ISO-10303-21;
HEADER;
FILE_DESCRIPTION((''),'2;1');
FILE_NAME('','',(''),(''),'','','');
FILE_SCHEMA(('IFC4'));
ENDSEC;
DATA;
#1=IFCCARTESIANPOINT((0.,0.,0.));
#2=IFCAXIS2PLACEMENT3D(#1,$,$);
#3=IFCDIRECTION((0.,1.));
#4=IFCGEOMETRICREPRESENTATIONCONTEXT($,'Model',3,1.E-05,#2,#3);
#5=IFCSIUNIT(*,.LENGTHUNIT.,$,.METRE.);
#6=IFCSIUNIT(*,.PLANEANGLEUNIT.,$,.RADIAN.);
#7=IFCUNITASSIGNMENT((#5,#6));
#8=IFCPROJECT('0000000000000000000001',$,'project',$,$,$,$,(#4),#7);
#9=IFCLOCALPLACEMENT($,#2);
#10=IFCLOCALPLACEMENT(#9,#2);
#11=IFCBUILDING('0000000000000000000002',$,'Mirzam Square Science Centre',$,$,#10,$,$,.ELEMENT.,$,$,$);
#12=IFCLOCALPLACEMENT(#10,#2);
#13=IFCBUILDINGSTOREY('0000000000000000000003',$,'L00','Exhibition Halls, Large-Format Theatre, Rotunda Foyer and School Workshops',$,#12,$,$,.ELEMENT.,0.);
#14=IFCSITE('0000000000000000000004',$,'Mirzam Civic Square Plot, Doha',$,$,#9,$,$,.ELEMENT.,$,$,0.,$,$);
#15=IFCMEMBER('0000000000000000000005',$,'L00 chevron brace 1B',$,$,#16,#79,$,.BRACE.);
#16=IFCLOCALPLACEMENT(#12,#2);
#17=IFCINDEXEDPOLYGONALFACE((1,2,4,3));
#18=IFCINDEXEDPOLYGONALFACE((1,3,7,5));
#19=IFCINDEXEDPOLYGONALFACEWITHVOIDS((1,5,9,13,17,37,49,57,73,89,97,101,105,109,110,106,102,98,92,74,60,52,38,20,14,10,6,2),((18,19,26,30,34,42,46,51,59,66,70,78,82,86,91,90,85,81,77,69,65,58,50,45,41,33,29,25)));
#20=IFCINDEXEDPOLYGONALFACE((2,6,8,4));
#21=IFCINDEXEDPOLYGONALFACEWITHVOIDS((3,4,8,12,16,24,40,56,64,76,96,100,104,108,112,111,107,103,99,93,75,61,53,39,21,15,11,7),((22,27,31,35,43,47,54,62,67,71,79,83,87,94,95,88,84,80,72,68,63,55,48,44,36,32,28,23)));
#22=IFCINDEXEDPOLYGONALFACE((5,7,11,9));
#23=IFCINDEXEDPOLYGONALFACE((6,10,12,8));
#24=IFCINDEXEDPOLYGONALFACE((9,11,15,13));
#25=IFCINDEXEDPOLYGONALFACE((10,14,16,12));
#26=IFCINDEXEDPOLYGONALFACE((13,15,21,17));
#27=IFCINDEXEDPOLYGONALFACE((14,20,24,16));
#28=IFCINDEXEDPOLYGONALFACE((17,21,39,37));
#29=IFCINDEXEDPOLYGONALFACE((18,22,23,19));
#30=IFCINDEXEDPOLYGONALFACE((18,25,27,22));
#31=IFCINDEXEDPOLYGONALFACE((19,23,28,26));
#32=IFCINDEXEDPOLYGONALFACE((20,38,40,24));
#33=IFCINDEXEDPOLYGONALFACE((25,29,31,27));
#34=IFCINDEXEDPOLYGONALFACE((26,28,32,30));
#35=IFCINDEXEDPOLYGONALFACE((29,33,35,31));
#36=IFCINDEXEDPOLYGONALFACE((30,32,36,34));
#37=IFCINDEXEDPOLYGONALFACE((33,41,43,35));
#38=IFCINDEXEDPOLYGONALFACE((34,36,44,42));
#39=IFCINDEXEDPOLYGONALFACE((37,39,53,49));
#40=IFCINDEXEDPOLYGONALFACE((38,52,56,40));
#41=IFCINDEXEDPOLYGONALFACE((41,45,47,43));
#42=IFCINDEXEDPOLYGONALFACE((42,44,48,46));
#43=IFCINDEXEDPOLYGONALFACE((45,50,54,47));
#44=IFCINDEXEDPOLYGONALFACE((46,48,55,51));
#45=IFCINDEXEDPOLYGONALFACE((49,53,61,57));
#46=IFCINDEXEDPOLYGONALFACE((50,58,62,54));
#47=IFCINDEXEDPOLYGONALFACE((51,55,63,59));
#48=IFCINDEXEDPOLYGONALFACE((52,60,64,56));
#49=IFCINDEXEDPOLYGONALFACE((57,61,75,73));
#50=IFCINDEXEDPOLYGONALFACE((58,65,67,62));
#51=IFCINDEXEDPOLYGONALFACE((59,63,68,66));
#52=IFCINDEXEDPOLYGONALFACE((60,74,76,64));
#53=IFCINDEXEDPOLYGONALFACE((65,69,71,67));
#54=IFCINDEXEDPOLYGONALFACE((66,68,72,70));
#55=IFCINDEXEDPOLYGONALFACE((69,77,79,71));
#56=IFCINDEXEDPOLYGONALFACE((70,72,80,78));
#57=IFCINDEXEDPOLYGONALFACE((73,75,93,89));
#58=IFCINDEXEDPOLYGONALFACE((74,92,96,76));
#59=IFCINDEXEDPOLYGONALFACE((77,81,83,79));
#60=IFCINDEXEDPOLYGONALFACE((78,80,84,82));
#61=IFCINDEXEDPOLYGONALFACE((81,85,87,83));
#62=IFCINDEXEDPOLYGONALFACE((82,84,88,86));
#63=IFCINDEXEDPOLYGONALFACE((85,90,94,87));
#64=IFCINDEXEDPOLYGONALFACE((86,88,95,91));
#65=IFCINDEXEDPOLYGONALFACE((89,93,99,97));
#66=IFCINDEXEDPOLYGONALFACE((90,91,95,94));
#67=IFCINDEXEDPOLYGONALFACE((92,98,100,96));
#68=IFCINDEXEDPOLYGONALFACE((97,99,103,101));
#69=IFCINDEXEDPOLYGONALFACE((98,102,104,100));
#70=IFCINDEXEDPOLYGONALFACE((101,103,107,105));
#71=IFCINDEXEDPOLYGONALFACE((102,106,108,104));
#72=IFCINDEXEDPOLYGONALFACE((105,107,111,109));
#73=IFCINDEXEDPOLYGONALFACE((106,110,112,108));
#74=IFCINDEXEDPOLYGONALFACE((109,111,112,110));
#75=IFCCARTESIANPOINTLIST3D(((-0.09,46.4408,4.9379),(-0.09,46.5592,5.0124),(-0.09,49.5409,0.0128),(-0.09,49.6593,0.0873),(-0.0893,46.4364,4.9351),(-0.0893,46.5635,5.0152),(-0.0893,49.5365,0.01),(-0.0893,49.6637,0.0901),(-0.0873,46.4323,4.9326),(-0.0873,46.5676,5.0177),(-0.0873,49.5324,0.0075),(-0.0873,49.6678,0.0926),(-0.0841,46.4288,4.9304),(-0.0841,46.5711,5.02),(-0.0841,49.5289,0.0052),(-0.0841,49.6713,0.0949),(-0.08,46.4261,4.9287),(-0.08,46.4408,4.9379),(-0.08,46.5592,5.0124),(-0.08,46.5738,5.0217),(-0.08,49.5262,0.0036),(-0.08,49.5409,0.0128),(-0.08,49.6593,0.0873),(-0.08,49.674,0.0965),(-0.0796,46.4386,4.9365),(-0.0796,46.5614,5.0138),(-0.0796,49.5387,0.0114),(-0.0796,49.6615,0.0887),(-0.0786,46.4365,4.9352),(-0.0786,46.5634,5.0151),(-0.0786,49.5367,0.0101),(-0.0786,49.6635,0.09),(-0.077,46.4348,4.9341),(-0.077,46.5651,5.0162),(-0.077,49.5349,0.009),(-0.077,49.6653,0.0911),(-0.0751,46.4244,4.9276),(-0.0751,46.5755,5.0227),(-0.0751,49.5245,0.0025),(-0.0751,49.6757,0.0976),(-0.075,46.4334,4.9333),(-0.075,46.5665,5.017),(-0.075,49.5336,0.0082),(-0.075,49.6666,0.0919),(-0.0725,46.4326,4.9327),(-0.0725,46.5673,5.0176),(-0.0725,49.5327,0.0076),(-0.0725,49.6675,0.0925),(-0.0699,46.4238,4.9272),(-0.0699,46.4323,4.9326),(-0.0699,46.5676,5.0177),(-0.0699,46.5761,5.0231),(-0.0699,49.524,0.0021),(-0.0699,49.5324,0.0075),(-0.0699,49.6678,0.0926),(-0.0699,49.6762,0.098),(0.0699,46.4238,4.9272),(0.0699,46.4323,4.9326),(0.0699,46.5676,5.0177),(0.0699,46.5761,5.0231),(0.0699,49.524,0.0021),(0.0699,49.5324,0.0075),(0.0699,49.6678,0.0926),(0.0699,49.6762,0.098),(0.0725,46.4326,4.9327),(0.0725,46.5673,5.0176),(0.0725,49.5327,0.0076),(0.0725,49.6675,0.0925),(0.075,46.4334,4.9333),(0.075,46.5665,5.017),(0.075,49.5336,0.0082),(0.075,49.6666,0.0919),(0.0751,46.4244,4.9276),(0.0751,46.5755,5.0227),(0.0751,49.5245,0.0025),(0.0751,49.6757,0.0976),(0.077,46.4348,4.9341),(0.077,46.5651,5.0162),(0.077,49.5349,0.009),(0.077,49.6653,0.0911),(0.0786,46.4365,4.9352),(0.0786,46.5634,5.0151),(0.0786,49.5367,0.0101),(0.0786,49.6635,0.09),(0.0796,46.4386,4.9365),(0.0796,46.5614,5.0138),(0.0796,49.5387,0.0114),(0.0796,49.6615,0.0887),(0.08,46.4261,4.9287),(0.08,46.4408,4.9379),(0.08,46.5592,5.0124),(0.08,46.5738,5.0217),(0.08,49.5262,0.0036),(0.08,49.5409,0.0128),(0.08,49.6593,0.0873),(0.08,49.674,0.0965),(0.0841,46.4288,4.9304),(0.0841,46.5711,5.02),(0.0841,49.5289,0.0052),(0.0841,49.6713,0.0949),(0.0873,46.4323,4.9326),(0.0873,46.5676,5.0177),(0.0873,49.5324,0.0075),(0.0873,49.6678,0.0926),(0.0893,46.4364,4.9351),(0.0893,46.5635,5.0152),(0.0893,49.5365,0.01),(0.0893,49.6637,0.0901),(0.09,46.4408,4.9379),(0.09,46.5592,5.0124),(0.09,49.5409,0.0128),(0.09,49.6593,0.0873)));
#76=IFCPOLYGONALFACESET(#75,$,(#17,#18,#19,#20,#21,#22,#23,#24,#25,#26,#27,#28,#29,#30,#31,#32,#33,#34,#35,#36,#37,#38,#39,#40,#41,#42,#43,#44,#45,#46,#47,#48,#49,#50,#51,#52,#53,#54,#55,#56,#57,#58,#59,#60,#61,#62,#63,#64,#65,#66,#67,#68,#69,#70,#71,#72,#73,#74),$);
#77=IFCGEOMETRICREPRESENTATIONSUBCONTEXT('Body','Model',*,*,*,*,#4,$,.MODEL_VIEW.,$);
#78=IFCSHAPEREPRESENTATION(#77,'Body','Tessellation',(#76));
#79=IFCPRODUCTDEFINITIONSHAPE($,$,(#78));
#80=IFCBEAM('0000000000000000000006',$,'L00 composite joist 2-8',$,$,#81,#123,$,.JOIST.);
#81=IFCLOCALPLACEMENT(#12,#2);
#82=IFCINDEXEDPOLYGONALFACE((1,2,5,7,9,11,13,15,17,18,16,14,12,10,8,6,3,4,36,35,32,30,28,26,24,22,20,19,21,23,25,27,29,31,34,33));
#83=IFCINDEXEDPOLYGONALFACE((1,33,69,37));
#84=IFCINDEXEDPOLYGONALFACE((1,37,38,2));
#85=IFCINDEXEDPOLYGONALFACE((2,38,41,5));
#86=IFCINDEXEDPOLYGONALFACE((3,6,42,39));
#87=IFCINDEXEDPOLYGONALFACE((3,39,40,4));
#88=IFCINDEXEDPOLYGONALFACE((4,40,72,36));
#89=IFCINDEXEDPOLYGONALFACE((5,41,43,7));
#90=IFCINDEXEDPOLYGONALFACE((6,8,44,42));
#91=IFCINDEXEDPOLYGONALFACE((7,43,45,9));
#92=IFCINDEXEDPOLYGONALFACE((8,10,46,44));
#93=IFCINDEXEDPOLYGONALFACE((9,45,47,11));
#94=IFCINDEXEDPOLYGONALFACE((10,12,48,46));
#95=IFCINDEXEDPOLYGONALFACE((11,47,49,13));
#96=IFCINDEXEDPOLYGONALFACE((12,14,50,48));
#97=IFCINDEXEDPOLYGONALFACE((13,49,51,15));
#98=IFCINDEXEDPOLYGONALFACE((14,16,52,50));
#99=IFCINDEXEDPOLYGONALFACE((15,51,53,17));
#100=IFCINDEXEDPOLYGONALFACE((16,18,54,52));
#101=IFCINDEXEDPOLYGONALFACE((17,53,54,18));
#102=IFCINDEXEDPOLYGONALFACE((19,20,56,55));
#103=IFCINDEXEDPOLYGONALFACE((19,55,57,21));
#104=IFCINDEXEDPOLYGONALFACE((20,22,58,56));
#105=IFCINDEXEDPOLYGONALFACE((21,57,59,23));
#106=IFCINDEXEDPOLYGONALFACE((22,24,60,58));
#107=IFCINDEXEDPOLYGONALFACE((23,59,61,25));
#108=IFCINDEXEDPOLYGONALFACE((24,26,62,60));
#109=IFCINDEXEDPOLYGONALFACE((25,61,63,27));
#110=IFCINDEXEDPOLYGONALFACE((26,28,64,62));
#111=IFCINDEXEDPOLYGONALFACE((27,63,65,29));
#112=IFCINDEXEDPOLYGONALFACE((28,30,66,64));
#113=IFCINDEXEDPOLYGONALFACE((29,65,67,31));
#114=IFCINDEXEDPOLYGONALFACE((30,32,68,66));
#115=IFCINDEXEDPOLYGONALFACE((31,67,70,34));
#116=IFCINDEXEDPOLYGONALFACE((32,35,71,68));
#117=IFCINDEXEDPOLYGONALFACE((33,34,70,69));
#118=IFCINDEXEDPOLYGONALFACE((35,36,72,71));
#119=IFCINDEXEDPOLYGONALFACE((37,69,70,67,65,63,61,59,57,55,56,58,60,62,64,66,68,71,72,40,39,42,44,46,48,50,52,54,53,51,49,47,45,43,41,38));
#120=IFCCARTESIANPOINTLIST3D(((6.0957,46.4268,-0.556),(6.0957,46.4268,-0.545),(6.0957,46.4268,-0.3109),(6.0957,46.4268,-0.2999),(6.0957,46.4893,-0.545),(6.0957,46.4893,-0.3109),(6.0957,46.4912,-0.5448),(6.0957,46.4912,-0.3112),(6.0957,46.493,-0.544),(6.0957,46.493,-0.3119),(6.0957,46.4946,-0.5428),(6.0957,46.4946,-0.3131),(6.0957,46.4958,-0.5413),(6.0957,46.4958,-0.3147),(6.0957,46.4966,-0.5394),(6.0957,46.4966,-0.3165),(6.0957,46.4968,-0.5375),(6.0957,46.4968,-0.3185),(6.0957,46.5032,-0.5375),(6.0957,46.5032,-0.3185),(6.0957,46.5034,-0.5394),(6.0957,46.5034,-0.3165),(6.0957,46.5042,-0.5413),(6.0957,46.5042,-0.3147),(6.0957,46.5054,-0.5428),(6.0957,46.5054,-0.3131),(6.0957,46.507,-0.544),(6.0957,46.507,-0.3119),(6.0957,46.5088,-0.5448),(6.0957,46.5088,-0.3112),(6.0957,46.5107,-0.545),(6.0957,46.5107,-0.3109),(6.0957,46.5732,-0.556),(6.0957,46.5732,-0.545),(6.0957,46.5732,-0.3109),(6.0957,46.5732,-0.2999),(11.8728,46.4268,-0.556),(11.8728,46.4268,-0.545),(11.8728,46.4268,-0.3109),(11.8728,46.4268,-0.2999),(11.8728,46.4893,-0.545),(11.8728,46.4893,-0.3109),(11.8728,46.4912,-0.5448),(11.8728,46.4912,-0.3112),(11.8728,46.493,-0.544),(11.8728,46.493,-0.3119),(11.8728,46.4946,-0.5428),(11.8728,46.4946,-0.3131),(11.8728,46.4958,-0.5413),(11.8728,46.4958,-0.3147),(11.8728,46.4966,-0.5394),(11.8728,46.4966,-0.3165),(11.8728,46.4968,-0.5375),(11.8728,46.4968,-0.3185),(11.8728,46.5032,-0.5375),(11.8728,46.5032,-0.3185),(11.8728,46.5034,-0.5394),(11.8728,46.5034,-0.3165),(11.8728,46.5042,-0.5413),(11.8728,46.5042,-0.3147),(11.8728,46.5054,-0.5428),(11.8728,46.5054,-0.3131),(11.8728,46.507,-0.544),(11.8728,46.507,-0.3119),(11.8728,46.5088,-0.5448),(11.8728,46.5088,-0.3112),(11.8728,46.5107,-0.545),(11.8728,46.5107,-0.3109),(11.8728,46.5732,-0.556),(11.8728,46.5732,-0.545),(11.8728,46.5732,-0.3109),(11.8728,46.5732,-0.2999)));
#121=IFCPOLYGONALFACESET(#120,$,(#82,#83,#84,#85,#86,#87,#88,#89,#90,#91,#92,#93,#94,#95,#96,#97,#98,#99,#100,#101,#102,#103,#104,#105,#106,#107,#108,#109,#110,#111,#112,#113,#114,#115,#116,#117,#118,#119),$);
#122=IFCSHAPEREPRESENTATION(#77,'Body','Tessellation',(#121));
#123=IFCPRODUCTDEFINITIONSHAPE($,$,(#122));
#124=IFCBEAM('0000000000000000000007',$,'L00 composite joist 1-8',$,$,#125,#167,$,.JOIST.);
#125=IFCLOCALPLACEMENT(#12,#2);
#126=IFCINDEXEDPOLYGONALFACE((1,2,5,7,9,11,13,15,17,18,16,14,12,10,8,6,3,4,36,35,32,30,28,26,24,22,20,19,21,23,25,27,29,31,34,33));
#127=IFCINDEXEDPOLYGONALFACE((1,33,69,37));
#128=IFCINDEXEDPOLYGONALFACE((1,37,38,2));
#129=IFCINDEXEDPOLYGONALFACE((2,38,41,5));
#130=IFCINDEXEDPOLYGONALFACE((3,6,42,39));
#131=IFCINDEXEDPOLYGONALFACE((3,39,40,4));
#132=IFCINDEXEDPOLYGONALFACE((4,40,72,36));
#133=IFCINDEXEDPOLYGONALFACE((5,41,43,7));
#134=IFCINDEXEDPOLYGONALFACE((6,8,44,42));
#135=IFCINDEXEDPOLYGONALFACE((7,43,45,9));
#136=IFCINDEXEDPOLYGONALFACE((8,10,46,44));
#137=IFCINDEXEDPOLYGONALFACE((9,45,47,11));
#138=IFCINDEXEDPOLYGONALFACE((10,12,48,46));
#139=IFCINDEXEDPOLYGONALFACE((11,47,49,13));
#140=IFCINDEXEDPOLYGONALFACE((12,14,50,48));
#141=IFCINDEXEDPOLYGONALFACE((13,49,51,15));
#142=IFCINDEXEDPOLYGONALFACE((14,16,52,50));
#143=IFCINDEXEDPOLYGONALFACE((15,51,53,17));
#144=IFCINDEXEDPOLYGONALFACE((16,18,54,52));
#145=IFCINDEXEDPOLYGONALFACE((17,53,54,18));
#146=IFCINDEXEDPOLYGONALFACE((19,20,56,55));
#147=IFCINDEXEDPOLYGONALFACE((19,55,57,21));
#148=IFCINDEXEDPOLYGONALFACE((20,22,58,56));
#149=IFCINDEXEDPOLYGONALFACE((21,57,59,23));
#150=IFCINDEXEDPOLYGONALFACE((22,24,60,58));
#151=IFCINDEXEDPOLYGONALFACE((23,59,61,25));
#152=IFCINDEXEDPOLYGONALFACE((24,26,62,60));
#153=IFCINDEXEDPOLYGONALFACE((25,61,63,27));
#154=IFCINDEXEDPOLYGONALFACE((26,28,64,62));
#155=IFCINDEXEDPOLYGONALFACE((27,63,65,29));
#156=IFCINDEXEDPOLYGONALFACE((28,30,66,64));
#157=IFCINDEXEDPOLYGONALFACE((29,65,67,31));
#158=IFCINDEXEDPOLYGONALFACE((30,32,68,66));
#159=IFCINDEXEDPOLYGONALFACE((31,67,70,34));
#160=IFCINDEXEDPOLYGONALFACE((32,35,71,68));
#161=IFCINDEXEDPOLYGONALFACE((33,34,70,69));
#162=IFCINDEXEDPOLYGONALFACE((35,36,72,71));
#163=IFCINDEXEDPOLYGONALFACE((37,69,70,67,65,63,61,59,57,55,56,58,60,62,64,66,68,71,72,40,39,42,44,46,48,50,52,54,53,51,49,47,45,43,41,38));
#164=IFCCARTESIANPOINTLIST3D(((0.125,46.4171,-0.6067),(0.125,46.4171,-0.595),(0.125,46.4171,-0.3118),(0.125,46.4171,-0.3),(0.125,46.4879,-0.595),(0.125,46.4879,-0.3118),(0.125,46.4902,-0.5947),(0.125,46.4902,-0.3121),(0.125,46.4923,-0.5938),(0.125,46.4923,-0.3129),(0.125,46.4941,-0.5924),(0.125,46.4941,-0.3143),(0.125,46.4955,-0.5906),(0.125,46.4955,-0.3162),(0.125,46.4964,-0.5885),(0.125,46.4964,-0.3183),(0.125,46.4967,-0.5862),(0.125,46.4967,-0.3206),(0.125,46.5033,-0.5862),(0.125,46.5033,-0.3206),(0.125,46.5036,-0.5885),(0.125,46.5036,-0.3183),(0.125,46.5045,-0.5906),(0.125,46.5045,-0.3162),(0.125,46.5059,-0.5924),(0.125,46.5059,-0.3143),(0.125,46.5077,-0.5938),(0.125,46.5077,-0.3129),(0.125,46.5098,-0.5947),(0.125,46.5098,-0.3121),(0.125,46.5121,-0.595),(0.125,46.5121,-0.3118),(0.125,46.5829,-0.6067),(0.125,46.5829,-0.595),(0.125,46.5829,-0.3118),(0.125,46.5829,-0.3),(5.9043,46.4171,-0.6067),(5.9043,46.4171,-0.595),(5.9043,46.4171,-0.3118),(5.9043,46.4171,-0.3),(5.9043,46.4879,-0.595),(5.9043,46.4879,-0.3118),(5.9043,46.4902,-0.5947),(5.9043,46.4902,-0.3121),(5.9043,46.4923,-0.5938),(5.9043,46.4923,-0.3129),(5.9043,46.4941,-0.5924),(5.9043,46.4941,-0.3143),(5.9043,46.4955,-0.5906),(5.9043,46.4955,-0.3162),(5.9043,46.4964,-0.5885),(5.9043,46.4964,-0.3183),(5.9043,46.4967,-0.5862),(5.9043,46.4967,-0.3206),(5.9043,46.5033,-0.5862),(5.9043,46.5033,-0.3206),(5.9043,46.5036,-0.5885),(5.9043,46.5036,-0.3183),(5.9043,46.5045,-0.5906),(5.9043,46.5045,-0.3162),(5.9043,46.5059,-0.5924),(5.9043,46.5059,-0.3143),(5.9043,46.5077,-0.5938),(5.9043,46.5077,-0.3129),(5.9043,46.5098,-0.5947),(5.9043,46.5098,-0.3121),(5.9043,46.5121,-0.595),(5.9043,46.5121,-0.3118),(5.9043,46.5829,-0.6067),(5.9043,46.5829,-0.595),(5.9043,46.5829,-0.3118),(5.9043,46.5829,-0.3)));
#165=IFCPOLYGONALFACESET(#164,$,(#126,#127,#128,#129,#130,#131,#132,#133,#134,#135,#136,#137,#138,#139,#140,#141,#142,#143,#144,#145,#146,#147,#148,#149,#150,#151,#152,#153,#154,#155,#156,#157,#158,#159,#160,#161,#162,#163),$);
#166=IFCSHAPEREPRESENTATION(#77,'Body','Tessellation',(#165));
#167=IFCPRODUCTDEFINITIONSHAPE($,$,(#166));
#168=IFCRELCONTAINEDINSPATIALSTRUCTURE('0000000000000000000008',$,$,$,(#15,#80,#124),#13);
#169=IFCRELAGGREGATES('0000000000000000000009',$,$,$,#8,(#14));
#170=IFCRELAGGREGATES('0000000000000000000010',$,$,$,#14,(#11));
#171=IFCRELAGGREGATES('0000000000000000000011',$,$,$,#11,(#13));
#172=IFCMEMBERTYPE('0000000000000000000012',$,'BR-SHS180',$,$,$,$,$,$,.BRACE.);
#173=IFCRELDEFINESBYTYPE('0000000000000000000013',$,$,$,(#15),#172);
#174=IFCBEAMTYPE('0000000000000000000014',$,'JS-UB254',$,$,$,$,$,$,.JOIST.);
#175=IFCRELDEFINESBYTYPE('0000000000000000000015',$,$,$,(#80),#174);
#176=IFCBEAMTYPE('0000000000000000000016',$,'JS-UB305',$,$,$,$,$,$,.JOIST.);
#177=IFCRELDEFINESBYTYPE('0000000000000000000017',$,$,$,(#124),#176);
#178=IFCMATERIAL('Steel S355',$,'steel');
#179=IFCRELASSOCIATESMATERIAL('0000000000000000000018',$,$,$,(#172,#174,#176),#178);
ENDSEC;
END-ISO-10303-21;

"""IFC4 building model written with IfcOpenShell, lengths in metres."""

from ifc_helpers import new_model, si_unit, direction, frame, origin, origin_2d, place, context, subcontext, project, spatial, hollow_rectangle, i_section, extrude, material, material_profile, profile_set, type_object, element, save


model = new_model("IFC4")

# Units and contexts
model_context = context("Model", 3, precision=1e-05, world=origin(), true_north=direction((0.0, 1.0)))
body_context = subcontext(model_context, "Body", "Model", "MODEL_VIEW")
ifc_project = project(units=[si_unit("LENGTHUNIT", "METRE"), si_unit("PLANEANGLEUNIT", "RADIAN")], contexts=[model_context])

# Site, building, storey
site_placement = place(None, origin())
site = spatial("IfcSite", under=ifc_project, at=site_placement, Name="Mirzam Civic Square Plot, Doha", CompositionType="ELEMENT", RefElevation=0.0)
building_placement = place(site_placement, origin())
building = spatial("IfcBuilding", under=site, at=building_placement, Name="Mirzam Square Science Centre", CompositionType="ELEMENT")
storey_placement = place(building_placement, origin())
storey = spatial("IfcBuildingStorey", under=building, at=storey_placement, Name="L00", Description="Exhibition Halls, Large-Format Theatre, Rotunda Foyer and School Workshops", CompositionType="ELEMENT", Elevation=0.0)

# Shared definitions
ifc_material_1 = material(Name="Steel S355", Category="steel")

# Member
ifc_material_profile_1 = material_profile(ifc_material_1, hollow_rectangle(XDim=0.1799, YDim=0.1799, WallThickness=0.01, InnerFilletRadius=0.01, OuterFilletRadius=0.02, at=origin_2d()), Name="180x180x10.0SHS")
ifc_profile_set_1 = profile_set([ifc_material_profile_1], Name="Steel S355")
member_type = type_object("IfcMemberType", Name="BR-SHS180", PredefinedType="BRACE", material=ifc_profile_set_1)
member_placement = place(storey_placement, frame((0.0, 49.6001, 0.05), z_axis=(0.0, -0.532708, 0.846299), x_axis=(1.0, 0.0, 0.0)))
element("IfcMember", 1, at=member_placement, inside=storey, type_object=member_type, Name="L00 chevron brace 1B", PredefinedType="BRACE", context=body_context, shape_type="SweptSolid", body=[
    extrude(hollow_rectangle(XDim=0.1799, YDim=0.1799, WallThickness=0.01, InnerFilletRadius=0.01, OuterFilletRadius=0.02, at=origin_2d()), origin(), (0.0, 0.0, 1.0), 5.8196),
])

# Beams
ifc_material_profile_2 = material_profile(ifc_material_1, i_section(OverallWidth=0.1465, OverallDepth=0.2561, WebThickness=0.0063, FlangeThickness=0.011, FilletRadius=0.0076, at=origin_2d()), Name="254x146x37UB")
ifc_profile_set_2 = profile_set([ifc_material_profile_2], Name="Steel S355")
beam_type_1 = type_object("IfcBeamType", Name="JS-UB254", PredefinedType="JOIST", material=ifc_profile_set_2)
beam_1_placement = place(storey_placement, frame((6.0957, 46.5, -0.428), z_axis=(1.0, 0.0, 0.0), x_axis=(0.0, 1.0, 0.0)))
element("IfcBeam", 2, at=beam_1_placement, inside=storey, type_object=beam_type_1, Name="L00 composite joist 2-8", PredefinedType="JOIST", context=body_context, shape_type="SweptSolid", body=[
    extrude(i_section(OverallWidth=0.1465, OverallDepth=0.2561, WebThickness=0.0063, FlangeThickness=0.011, FilletRadius=0.0076, at=origin_2d()), origin(), (0.0, 0.0, 1.0), 5.7771),
])
ifc_material_profile_3 = material_profile(ifc_material_1, i_section(OverallWidth=0.1658, OverallDepth=0.3066, WebThickness=0.0066, FlangeThickness=0.0117, FilletRadius=0.0088, at=origin_2d()), Name="305x165x46UB")
ifc_profile_set_3 = profile_set([ifc_material_profile_3], Name="Steel S355")
beam_type_2 = type_object("IfcBeamType", Name="JS-UB305", PredefinedType="JOIST", material=ifc_profile_set_3)
beam_2_placement = place(storey_placement, frame((0.125, 46.5, -0.4534), z_axis=(1.0, 0.0, 0.0), x_axis=(0.0, 1.0, 0.0)))
element("IfcBeam", 3, at=beam_2_placement, inside=storey, type_object=beam_type_2, Name="L00 composite joist 1-8", PredefinedType="JOIST", context=body_context, shape_type="SweptSolid", body=[
    extrude(i_section(OverallWidth=0.1658, OverallDepth=0.3066, WebThickness=0.0066, FlangeThickness=0.0117, FilletRadius=0.0088, at=origin_2d()), origin(), (0.0, 0.0, 1.0), 5.7793),
])

save(model, "model.ifc")
